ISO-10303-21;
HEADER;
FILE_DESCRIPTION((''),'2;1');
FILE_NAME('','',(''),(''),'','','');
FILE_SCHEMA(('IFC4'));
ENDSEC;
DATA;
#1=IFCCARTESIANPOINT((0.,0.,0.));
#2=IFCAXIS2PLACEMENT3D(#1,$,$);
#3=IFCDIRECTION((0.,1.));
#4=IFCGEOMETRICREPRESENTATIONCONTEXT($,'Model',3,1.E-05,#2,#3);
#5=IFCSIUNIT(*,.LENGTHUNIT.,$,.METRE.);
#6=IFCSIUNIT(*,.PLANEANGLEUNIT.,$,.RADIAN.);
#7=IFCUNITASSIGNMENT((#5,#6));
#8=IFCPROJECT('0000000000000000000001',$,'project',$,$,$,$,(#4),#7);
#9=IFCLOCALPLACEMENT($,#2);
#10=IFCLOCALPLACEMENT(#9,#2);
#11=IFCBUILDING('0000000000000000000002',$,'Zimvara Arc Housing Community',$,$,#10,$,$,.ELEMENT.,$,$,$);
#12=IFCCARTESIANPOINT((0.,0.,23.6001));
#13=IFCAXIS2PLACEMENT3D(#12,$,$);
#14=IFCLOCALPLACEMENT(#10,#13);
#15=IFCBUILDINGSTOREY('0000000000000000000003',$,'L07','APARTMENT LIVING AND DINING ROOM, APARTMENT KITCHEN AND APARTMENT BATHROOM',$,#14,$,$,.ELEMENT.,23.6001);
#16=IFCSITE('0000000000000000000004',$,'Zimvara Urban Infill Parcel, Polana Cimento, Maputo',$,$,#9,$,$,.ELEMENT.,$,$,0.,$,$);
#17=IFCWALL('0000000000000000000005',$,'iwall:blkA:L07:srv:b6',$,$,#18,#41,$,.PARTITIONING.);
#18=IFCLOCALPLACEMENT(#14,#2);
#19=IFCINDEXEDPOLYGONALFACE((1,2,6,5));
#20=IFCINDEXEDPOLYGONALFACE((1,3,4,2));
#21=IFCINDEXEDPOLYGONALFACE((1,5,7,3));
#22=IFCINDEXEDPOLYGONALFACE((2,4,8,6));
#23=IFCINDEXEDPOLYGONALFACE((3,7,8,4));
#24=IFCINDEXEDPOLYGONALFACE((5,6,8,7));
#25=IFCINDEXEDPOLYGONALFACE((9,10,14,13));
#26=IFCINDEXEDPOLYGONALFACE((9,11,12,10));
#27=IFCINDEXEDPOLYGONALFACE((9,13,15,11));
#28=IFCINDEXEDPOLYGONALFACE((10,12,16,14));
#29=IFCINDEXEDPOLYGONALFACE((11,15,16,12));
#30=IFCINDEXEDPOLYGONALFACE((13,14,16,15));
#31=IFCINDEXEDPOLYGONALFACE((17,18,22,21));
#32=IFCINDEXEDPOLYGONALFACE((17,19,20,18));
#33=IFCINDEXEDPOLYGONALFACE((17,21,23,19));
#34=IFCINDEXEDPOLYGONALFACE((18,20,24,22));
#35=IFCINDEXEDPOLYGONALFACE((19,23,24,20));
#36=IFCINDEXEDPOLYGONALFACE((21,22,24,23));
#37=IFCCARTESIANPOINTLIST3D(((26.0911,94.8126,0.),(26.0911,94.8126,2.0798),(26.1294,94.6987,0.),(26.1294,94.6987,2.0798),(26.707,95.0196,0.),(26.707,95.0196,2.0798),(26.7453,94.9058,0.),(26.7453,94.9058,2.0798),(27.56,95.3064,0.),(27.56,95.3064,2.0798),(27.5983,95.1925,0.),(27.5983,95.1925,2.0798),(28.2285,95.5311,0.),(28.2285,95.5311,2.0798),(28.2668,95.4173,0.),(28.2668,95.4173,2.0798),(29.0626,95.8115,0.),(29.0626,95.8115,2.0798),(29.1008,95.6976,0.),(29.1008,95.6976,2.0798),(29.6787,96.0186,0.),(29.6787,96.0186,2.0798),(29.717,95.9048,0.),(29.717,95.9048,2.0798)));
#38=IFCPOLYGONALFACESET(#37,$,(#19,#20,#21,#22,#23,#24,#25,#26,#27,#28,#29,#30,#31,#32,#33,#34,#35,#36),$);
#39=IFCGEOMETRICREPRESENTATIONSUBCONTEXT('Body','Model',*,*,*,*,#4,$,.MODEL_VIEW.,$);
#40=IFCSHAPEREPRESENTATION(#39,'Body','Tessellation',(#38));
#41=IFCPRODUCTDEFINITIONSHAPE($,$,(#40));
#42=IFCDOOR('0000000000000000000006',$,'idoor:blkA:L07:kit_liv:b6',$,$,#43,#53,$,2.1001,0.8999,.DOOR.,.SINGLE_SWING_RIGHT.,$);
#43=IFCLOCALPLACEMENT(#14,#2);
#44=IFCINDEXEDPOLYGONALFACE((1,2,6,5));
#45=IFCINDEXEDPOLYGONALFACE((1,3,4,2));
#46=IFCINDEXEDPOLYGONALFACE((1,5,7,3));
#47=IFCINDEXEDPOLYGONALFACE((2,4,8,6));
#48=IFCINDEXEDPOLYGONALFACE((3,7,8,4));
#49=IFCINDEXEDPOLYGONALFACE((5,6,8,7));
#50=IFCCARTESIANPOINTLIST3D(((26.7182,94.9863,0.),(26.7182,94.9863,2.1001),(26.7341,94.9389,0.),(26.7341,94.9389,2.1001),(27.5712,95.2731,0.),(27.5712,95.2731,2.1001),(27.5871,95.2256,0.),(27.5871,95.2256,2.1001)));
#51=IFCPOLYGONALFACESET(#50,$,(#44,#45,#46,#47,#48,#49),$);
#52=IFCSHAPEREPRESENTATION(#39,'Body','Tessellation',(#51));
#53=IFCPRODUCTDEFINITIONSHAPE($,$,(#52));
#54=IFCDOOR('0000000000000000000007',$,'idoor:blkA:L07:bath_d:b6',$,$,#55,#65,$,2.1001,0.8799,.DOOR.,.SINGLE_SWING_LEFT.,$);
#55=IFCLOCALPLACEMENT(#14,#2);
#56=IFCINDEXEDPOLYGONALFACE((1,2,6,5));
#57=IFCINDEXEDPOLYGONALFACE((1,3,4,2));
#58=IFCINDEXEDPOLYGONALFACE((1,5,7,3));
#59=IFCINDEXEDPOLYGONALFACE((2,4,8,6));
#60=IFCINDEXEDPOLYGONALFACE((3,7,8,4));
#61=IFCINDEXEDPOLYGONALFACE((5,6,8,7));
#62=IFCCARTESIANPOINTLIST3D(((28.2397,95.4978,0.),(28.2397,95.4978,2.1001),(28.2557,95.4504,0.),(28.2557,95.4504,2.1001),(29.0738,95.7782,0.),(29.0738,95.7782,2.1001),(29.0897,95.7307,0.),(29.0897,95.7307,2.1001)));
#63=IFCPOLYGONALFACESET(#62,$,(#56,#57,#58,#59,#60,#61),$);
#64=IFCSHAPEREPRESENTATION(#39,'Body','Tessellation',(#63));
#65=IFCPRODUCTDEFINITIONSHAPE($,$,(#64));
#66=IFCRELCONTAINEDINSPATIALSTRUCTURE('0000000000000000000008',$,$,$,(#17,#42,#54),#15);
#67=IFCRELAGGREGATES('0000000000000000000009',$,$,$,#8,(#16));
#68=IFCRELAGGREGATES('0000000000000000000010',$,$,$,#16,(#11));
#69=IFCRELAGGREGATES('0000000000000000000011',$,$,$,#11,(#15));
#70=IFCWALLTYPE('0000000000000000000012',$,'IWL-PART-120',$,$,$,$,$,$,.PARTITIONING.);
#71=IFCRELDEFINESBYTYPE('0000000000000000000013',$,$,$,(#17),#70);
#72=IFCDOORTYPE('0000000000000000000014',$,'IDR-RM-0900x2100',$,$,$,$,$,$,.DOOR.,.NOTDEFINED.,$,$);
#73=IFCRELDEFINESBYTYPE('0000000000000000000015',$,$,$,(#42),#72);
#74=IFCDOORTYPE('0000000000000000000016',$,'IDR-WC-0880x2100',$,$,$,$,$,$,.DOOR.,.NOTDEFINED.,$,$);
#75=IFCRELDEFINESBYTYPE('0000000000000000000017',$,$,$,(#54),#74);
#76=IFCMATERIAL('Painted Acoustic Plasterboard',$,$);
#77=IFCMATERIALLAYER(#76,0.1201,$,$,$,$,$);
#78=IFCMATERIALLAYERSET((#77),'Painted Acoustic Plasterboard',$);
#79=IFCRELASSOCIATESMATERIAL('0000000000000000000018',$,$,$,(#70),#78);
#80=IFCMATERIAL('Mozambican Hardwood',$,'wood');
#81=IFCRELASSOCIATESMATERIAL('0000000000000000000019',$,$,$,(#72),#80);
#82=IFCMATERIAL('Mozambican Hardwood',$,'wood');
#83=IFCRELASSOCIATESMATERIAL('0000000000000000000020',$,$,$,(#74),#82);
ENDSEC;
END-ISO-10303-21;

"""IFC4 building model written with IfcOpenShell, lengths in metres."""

from ifc_helpers import new_model, si_unit, direction, frame, frame_2d, origin, place, context, subcontext, project, spatial, rectangle, extrude, material, layer, layer_set, type_object, element, fill, save


model = new_model("IFC4")

# Units and contexts
model_context = context("Model", 3, precision=1e-05, world=origin(), true_north=direction((0.0, 1.0)))
body_context = subcontext(model_context, "Body", "Model", "MODEL_VIEW")
ifc_project = project(units=[si_unit("LENGTHUNIT", "METRE"), si_unit("PLANEANGLEUNIT", "RADIAN")], contexts=[model_context])

# Site, building, storey
site_placement = place(None, origin())
site = spatial("IfcSite", under=ifc_project, at=site_placement, Name="Zimvara Urban Infill Parcel, Polana Cimento, Maputo", CompositionType="ELEMENT", RefElevation=0.0)
building_placement = place(site_placement, origin())
building = spatial("IfcBuilding", under=site, at=building_placement, Name="Zimvara Arc Housing Community", CompositionType="ELEMENT")
storey_placement = place(building_placement, frame((0.0, 0.0, 23.6001)))
storey = spatial("IfcBuildingStorey", under=building, at=storey_placement, Name="L07", Description="APARTMENT LIVING AND DINING ROOM, APARTMENT KITCHEN AND APARTMENT BATHROOM", CompositionType="ELEMENT", Elevation=23.6001)

# Wall, openings, doors
ifc_material_1 = material(Name="Painted Acoustic Plasterboard")
ifc_layer_1 = layer(ifc_material_1, 0.1201)
ifc_layer_set_1 = layer_set([ifc_layer_1], Name="Painted Acoustic Plasterboard")
wall_type_1 = type_object("IfcWallType", Name="IWL-PART-120", PredefinedType="PARTITIONING", material=ifc_layer_set_1)
wall_1_placement = place(storey_placement, frame((26.1101, 94.7556, 0.0), z_axis=(0.0, 0.0, 1.0), x_axis=(0.947874, 0.318646, 0.0)))
wall_1 = element("IfcWall", 1, at=wall_1_placement, inside=storey, type_object=wall_type_1, Name="iwall:blkA:L07:srv:b6", PredefinedType="PARTITIONING", context=body_context, shape_type="SweptSolid", body=[
    extrude(rectangle(XDim=3.7849, YDim=0.1201, at=frame_2d((1.8926, 0.0))), origin(), (0.0, 0.0, 1.0), 2.0798),
])
opening_1_placement = place(wall_1_placement, frame((0.6499, 0.0, 0.0)))
opening_1 = element("IfcOpeningElement", 2, at=opening_1_placement, cuts=wall_1, PredefinedType="OPENING", context=body_context, shape_type="SweptSolid", body=[
    extrude(rectangle(XDim=0.8999, YDim=2.1001, at=frame_2d((0.45, 1.05))), frame((0.0, 0.0701, 0.0), z_axis=(0.0, -1.0, 0.0), x_axis=(1.0, 0.0, 0.0)), (0.0, 0.0, 1.0), 0.1401),
])
opening_2_placement = place(wall_1_placement, frame((2.2551, 0.0, 0.0)))
opening_2 = element("IfcOpeningElement", 3, at=opening_2_placement, cuts=wall_1, PredefinedType="OPENING", context=body_context, shape_type="SweptSolid", body=[
    extrude(rectangle(XDim=0.8799, YDim=2.1001, at=frame_2d((0.4399, 1.05))), frame((0.0, 0.0701, 0.0), z_axis=(0.0, -1.0, 0.0), x_axis=(1.0, 0.0, 0.0)), (0.0, 0.0, 1.0), 0.1401),
])
ifc_material_2 = material(Name="Mozambican Hardwood", Category="wood")
door_type_1 = type_object("IfcDoorType", Name="IDR-RM-0900x2100", OperationType="NOTDEFINED", PredefinedType="DOOR", material=ifc_material_2)
door_1_placement = place(opening_1_placement, origin())
door_1 = element("IfcDoor", 4, at=door_1_placement, inside=storey, type_object=door_type_1, Name="idoor:blkA:L07:kit_liv:b6", OperationType="SINGLE_SWING_RIGHT", OverallHeight=2.1001, OverallWidth=0.8999, PredefinedType="DOOR", context=body_context, shape_type="SweptSolid", body=[
    extrude(rectangle(XDim=0.8999, YDim=2.1001, at=frame_2d((0.45, 1.05))), frame((0.0, 0.0249, 0.0), z_axis=(0.0, -1.0, 0.0), x_axis=(1.0, 0.0, 0.0)), (0.0, 0.0, 1.0), 0.05),
])
fill(opening_1, door_1)
ifc_material_3 = material(Name="Mozambican Hardwood", Category="wood")
door_type_2 = type_object("IfcDoorType", Name="IDR-WC-0880x2100", OperationType="NOTDEFINED", PredefinedType="DOOR", material=ifc_material_3)
door_2_placement = place(opening_2_placement, origin())
door_2 = element("IfcDoor", 5, at=door_2_placement, inside=storey, type_object=door_type_2, Name="idoor:blkA:L07:bath_d:b6", OperationType="SINGLE_SWING_LEFT", OverallHeight=2.1001, OverallWidth=0.8799, PredefinedType="DOOR", context=body_context, shape_type="SweptSolid", body=[
    extrude(rectangle(XDim=0.8799, YDim=2.1001, at=frame_2d((0.4399, 1.05))), frame((0.0, 0.0249, 0.0), z_axis=(0.0, -1.0, 0.0), x_axis=(1.0, 0.0, 0.0)), (0.0, 0.0, 1.0), 0.05),
])
fill(opening_2, door_2)

save(model, "model.ifc")
